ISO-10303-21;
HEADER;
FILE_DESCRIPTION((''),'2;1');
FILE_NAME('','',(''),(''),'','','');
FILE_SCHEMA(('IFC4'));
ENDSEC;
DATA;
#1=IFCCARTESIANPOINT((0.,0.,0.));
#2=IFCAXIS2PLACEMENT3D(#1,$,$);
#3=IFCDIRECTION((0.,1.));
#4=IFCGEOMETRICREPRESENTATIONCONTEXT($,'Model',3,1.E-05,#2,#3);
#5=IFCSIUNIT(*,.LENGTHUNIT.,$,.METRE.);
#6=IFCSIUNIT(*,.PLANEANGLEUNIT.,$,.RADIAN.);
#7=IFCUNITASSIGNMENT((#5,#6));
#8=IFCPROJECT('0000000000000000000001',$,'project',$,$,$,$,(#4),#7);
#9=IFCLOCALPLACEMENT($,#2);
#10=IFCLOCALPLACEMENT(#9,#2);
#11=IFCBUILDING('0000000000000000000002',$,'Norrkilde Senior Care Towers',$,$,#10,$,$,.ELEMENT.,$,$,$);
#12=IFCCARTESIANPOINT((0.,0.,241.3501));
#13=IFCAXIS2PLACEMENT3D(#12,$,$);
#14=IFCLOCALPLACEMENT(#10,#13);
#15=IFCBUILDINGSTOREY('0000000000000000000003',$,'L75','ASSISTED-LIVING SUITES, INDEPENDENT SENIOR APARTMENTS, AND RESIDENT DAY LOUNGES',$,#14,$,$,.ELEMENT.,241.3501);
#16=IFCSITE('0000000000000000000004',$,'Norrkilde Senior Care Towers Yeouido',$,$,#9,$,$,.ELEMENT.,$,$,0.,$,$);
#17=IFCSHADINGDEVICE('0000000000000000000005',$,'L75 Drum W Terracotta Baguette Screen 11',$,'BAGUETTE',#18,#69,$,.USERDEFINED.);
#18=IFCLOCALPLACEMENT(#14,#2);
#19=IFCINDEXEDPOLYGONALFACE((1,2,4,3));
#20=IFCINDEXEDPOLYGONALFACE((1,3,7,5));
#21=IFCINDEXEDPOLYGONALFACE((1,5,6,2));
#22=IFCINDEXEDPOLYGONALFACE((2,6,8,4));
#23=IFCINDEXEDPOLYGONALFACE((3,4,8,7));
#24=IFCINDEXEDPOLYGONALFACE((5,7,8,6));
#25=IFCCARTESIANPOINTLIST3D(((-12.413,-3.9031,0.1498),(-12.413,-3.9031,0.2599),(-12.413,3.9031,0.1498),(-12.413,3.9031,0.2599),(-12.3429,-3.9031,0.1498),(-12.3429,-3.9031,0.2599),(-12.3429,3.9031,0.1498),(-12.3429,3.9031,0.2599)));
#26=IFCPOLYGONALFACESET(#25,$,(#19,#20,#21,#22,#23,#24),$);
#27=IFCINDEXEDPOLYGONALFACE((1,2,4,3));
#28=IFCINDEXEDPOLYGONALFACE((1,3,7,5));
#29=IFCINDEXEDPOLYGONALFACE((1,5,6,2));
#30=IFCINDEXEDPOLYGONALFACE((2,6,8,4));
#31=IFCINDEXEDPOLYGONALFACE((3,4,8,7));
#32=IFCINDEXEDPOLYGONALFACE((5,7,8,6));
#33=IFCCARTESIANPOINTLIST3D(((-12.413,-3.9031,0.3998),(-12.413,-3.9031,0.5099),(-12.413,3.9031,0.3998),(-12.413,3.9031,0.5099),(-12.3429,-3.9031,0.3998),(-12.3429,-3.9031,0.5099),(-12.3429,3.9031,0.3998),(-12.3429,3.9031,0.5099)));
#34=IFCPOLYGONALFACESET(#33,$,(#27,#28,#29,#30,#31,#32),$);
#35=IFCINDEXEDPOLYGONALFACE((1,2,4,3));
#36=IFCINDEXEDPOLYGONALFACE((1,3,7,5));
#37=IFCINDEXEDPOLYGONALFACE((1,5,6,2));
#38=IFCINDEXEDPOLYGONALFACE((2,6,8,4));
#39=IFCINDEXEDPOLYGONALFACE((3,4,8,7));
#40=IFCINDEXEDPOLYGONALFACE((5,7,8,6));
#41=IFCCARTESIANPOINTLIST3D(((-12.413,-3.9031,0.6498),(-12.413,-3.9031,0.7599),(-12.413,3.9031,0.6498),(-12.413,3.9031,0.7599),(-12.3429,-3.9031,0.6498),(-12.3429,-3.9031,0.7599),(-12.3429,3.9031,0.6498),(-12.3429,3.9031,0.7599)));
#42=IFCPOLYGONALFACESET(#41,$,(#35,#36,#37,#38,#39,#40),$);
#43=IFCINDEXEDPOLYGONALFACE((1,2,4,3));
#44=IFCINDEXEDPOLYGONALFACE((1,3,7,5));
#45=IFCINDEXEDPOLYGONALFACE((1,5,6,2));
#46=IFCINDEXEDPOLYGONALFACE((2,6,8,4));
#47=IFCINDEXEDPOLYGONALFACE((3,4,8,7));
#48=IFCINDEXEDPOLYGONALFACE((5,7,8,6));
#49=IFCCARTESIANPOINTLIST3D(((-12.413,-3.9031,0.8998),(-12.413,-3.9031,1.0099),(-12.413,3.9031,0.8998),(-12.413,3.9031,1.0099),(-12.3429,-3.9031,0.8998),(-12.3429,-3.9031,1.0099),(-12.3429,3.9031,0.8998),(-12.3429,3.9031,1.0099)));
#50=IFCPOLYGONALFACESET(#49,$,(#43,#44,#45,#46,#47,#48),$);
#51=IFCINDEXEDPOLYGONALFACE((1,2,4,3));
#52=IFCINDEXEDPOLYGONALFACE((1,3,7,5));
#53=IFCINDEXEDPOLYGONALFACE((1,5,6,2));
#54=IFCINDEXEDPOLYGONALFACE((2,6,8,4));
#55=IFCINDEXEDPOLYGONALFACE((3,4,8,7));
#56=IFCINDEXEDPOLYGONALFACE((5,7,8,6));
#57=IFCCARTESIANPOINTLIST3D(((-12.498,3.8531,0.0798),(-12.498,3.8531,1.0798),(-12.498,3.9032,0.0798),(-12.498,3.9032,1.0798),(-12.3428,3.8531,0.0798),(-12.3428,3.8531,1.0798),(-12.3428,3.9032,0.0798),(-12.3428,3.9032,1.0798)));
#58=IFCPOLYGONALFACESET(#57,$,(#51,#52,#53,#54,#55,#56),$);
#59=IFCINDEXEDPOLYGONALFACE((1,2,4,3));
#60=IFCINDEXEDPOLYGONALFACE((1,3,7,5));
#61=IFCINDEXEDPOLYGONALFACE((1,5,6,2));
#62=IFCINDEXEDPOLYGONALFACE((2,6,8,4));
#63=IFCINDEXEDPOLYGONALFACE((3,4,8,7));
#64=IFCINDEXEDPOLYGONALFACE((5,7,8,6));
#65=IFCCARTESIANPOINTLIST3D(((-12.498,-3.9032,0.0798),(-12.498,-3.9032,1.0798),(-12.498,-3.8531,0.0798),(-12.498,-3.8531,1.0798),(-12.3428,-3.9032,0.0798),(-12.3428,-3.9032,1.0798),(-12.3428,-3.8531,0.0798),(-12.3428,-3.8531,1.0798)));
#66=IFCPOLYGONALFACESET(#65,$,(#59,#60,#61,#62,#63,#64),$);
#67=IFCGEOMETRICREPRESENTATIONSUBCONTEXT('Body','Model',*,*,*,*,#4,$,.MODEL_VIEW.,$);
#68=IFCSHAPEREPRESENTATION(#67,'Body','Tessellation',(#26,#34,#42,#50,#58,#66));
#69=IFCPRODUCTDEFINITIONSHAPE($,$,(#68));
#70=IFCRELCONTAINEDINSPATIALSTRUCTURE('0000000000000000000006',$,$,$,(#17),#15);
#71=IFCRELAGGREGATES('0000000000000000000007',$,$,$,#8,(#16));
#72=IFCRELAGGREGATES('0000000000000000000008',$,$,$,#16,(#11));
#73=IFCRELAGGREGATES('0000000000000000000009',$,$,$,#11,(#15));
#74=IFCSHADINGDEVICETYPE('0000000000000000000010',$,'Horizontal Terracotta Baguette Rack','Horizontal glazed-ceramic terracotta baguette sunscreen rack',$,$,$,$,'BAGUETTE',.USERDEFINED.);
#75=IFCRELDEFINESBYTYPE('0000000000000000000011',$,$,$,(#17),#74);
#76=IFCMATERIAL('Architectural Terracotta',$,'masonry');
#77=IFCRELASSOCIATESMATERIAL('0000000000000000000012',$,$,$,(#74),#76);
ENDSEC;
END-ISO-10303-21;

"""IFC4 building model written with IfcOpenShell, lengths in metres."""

from ifc_helpers import new_model, si_unit, direction, frame, origin, origin_2d, place, context, subcontext, project, spatial, rectangle, extrude, source, transform, mapped, material, type_object, type_shapes, element, save


model = new_model("IFC4")

# Units and contexts
model_context = context("Model", 3, precision=1e-05, world=origin(), true_north=direction((0.0, 1.0)))
body_context = subcontext(model_context, "Body", "Model", "MODEL_VIEW")
ifc_project = project(units=[si_unit("LENGTHUNIT", "METRE"), si_unit("PLANEANGLEUNIT", "RADIAN")], contexts=[model_context])

# Site, building, storey
site_placement = place(None, origin())
site = spatial("IfcSite", under=ifc_project, at=site_placement, Name="Norrkilde Senior Care Towers Yeouido", CompositionType="ELEMENT", RefElevation=0.0)
building_placement = place(site_placement, origin())
building = spatial("IfcBuilding", under=site, at=building_placement, Name="Norrkilde Senior Care Towers", CompositionType="ELEMENT")
storey_placement = place(building_placement, frame((0.0, 0.0, 241.3501)))
storey = spatial("IfcBuildingStorey", under=building, at=storey_placement, Name="L75", Description="ASSISTED-LIVING SUITES, INDEPENDENT SENIOR APARTMENTS, AND RESIDENT DAY LOUNGES", CompositionType="ELEMENT", Elevation=241.3501)

# Shading device
ifc_material_1 = material(Name="Architectural Terracotta", Category="masonry")
shading_device_type = type_object("IfcShadingDeviceType", Name="Horizontal Terracotta Baguette Rack", Description="Horizontal glazed-ceramic terracotta baguette sunscreen rack", ElementType="BAGUETTE", PredefinedType="USERDEFINED", material=ifc_material_1)
shared_shape_1 = source(origin(), body_context, "Body", "SweptSolid", [
    extrude(rectangle(XDim=0.0701, YDim=0.1101, at=origin_2d()), frame((0.0, 0.0901, 0.125), z_axis=(1.0, 0.0, 0.0), x_axis=(0.0, 1.0, 0.0)), (0.0, 0.0, 1.0), 7.8062),
    extrude(rectangle(XDim=0.0701, YDim=0.1101, at=origin_2d()), frame((0.0, 0.0901, 0.375), z_axis=(1.0, 0.0, 0.0), x_axis=(0.0, 1.0, 0.0)), (0.0, 0.0, 1.0), 7.8062),
    extrude(rectangle(XDim=0.0701, YDim=0.1101, at=origin_2d()), frame((0.0, 0.0901, 0.625), z_axis=(1.0, 0.0, 0.0), x_axis=(0.0, 1.0, 0.0)), (0.0, 0.0, 1.0), 7.8062),
    extrude(rectangle(XDim=0.0701, YDim=0.1101, at=origin_2d()), frame((0.0, 0.0901, 0.875), z_axis=(1.0, 0.0, 0.0), x_axis=(0.0, 1.0, 0.0)), (0.0, 0.0, 1.0), 7.8062),
    extrude(rectangle(XDim=0.05, YDim=0.1553, at=origin_2d()), frame((0.0249, 0.0476, 0.0)), (0.0, 0.0, 1.0), 1.0),
    extrude(rectangle(XDim=0.05, YDim=0.1553, at=origin_2d()), frame((7.7812, 0.0476, 0.0)), (0.0, 0.0, 1.0), 1.0),
])
type_shapes(shading_device_type, [shared_shape_1])
shading_device_placement = place(storey_placement, frame((-12.468, 3.9031, 0.0798), z_axis=(0.0, 0.0, 1.0), x_axis=(0.0, -1.0, 0.0)))
element("IfcShadingDevice", 1, at=shading_device_placement, inside=storey, type_object=shading_device_type, Name="L75 Drum W Terracotta Baguette Screen 11", ObjectType="BAGUETTE", PredefinedType="USERDEFINED", context=body_context, shape_type="MappedRepresentation", body=[
    mapped(shared_shape_1, transform((0.0, 0.0, 0.0), x_axis=(1.0, 0.0, 0.0), y_axis=(0.0, 1.0, 0.0), z_axis=(0.0, 0.0, 1.0), scale=1.0)),
])

save(model, "model.ifc")
